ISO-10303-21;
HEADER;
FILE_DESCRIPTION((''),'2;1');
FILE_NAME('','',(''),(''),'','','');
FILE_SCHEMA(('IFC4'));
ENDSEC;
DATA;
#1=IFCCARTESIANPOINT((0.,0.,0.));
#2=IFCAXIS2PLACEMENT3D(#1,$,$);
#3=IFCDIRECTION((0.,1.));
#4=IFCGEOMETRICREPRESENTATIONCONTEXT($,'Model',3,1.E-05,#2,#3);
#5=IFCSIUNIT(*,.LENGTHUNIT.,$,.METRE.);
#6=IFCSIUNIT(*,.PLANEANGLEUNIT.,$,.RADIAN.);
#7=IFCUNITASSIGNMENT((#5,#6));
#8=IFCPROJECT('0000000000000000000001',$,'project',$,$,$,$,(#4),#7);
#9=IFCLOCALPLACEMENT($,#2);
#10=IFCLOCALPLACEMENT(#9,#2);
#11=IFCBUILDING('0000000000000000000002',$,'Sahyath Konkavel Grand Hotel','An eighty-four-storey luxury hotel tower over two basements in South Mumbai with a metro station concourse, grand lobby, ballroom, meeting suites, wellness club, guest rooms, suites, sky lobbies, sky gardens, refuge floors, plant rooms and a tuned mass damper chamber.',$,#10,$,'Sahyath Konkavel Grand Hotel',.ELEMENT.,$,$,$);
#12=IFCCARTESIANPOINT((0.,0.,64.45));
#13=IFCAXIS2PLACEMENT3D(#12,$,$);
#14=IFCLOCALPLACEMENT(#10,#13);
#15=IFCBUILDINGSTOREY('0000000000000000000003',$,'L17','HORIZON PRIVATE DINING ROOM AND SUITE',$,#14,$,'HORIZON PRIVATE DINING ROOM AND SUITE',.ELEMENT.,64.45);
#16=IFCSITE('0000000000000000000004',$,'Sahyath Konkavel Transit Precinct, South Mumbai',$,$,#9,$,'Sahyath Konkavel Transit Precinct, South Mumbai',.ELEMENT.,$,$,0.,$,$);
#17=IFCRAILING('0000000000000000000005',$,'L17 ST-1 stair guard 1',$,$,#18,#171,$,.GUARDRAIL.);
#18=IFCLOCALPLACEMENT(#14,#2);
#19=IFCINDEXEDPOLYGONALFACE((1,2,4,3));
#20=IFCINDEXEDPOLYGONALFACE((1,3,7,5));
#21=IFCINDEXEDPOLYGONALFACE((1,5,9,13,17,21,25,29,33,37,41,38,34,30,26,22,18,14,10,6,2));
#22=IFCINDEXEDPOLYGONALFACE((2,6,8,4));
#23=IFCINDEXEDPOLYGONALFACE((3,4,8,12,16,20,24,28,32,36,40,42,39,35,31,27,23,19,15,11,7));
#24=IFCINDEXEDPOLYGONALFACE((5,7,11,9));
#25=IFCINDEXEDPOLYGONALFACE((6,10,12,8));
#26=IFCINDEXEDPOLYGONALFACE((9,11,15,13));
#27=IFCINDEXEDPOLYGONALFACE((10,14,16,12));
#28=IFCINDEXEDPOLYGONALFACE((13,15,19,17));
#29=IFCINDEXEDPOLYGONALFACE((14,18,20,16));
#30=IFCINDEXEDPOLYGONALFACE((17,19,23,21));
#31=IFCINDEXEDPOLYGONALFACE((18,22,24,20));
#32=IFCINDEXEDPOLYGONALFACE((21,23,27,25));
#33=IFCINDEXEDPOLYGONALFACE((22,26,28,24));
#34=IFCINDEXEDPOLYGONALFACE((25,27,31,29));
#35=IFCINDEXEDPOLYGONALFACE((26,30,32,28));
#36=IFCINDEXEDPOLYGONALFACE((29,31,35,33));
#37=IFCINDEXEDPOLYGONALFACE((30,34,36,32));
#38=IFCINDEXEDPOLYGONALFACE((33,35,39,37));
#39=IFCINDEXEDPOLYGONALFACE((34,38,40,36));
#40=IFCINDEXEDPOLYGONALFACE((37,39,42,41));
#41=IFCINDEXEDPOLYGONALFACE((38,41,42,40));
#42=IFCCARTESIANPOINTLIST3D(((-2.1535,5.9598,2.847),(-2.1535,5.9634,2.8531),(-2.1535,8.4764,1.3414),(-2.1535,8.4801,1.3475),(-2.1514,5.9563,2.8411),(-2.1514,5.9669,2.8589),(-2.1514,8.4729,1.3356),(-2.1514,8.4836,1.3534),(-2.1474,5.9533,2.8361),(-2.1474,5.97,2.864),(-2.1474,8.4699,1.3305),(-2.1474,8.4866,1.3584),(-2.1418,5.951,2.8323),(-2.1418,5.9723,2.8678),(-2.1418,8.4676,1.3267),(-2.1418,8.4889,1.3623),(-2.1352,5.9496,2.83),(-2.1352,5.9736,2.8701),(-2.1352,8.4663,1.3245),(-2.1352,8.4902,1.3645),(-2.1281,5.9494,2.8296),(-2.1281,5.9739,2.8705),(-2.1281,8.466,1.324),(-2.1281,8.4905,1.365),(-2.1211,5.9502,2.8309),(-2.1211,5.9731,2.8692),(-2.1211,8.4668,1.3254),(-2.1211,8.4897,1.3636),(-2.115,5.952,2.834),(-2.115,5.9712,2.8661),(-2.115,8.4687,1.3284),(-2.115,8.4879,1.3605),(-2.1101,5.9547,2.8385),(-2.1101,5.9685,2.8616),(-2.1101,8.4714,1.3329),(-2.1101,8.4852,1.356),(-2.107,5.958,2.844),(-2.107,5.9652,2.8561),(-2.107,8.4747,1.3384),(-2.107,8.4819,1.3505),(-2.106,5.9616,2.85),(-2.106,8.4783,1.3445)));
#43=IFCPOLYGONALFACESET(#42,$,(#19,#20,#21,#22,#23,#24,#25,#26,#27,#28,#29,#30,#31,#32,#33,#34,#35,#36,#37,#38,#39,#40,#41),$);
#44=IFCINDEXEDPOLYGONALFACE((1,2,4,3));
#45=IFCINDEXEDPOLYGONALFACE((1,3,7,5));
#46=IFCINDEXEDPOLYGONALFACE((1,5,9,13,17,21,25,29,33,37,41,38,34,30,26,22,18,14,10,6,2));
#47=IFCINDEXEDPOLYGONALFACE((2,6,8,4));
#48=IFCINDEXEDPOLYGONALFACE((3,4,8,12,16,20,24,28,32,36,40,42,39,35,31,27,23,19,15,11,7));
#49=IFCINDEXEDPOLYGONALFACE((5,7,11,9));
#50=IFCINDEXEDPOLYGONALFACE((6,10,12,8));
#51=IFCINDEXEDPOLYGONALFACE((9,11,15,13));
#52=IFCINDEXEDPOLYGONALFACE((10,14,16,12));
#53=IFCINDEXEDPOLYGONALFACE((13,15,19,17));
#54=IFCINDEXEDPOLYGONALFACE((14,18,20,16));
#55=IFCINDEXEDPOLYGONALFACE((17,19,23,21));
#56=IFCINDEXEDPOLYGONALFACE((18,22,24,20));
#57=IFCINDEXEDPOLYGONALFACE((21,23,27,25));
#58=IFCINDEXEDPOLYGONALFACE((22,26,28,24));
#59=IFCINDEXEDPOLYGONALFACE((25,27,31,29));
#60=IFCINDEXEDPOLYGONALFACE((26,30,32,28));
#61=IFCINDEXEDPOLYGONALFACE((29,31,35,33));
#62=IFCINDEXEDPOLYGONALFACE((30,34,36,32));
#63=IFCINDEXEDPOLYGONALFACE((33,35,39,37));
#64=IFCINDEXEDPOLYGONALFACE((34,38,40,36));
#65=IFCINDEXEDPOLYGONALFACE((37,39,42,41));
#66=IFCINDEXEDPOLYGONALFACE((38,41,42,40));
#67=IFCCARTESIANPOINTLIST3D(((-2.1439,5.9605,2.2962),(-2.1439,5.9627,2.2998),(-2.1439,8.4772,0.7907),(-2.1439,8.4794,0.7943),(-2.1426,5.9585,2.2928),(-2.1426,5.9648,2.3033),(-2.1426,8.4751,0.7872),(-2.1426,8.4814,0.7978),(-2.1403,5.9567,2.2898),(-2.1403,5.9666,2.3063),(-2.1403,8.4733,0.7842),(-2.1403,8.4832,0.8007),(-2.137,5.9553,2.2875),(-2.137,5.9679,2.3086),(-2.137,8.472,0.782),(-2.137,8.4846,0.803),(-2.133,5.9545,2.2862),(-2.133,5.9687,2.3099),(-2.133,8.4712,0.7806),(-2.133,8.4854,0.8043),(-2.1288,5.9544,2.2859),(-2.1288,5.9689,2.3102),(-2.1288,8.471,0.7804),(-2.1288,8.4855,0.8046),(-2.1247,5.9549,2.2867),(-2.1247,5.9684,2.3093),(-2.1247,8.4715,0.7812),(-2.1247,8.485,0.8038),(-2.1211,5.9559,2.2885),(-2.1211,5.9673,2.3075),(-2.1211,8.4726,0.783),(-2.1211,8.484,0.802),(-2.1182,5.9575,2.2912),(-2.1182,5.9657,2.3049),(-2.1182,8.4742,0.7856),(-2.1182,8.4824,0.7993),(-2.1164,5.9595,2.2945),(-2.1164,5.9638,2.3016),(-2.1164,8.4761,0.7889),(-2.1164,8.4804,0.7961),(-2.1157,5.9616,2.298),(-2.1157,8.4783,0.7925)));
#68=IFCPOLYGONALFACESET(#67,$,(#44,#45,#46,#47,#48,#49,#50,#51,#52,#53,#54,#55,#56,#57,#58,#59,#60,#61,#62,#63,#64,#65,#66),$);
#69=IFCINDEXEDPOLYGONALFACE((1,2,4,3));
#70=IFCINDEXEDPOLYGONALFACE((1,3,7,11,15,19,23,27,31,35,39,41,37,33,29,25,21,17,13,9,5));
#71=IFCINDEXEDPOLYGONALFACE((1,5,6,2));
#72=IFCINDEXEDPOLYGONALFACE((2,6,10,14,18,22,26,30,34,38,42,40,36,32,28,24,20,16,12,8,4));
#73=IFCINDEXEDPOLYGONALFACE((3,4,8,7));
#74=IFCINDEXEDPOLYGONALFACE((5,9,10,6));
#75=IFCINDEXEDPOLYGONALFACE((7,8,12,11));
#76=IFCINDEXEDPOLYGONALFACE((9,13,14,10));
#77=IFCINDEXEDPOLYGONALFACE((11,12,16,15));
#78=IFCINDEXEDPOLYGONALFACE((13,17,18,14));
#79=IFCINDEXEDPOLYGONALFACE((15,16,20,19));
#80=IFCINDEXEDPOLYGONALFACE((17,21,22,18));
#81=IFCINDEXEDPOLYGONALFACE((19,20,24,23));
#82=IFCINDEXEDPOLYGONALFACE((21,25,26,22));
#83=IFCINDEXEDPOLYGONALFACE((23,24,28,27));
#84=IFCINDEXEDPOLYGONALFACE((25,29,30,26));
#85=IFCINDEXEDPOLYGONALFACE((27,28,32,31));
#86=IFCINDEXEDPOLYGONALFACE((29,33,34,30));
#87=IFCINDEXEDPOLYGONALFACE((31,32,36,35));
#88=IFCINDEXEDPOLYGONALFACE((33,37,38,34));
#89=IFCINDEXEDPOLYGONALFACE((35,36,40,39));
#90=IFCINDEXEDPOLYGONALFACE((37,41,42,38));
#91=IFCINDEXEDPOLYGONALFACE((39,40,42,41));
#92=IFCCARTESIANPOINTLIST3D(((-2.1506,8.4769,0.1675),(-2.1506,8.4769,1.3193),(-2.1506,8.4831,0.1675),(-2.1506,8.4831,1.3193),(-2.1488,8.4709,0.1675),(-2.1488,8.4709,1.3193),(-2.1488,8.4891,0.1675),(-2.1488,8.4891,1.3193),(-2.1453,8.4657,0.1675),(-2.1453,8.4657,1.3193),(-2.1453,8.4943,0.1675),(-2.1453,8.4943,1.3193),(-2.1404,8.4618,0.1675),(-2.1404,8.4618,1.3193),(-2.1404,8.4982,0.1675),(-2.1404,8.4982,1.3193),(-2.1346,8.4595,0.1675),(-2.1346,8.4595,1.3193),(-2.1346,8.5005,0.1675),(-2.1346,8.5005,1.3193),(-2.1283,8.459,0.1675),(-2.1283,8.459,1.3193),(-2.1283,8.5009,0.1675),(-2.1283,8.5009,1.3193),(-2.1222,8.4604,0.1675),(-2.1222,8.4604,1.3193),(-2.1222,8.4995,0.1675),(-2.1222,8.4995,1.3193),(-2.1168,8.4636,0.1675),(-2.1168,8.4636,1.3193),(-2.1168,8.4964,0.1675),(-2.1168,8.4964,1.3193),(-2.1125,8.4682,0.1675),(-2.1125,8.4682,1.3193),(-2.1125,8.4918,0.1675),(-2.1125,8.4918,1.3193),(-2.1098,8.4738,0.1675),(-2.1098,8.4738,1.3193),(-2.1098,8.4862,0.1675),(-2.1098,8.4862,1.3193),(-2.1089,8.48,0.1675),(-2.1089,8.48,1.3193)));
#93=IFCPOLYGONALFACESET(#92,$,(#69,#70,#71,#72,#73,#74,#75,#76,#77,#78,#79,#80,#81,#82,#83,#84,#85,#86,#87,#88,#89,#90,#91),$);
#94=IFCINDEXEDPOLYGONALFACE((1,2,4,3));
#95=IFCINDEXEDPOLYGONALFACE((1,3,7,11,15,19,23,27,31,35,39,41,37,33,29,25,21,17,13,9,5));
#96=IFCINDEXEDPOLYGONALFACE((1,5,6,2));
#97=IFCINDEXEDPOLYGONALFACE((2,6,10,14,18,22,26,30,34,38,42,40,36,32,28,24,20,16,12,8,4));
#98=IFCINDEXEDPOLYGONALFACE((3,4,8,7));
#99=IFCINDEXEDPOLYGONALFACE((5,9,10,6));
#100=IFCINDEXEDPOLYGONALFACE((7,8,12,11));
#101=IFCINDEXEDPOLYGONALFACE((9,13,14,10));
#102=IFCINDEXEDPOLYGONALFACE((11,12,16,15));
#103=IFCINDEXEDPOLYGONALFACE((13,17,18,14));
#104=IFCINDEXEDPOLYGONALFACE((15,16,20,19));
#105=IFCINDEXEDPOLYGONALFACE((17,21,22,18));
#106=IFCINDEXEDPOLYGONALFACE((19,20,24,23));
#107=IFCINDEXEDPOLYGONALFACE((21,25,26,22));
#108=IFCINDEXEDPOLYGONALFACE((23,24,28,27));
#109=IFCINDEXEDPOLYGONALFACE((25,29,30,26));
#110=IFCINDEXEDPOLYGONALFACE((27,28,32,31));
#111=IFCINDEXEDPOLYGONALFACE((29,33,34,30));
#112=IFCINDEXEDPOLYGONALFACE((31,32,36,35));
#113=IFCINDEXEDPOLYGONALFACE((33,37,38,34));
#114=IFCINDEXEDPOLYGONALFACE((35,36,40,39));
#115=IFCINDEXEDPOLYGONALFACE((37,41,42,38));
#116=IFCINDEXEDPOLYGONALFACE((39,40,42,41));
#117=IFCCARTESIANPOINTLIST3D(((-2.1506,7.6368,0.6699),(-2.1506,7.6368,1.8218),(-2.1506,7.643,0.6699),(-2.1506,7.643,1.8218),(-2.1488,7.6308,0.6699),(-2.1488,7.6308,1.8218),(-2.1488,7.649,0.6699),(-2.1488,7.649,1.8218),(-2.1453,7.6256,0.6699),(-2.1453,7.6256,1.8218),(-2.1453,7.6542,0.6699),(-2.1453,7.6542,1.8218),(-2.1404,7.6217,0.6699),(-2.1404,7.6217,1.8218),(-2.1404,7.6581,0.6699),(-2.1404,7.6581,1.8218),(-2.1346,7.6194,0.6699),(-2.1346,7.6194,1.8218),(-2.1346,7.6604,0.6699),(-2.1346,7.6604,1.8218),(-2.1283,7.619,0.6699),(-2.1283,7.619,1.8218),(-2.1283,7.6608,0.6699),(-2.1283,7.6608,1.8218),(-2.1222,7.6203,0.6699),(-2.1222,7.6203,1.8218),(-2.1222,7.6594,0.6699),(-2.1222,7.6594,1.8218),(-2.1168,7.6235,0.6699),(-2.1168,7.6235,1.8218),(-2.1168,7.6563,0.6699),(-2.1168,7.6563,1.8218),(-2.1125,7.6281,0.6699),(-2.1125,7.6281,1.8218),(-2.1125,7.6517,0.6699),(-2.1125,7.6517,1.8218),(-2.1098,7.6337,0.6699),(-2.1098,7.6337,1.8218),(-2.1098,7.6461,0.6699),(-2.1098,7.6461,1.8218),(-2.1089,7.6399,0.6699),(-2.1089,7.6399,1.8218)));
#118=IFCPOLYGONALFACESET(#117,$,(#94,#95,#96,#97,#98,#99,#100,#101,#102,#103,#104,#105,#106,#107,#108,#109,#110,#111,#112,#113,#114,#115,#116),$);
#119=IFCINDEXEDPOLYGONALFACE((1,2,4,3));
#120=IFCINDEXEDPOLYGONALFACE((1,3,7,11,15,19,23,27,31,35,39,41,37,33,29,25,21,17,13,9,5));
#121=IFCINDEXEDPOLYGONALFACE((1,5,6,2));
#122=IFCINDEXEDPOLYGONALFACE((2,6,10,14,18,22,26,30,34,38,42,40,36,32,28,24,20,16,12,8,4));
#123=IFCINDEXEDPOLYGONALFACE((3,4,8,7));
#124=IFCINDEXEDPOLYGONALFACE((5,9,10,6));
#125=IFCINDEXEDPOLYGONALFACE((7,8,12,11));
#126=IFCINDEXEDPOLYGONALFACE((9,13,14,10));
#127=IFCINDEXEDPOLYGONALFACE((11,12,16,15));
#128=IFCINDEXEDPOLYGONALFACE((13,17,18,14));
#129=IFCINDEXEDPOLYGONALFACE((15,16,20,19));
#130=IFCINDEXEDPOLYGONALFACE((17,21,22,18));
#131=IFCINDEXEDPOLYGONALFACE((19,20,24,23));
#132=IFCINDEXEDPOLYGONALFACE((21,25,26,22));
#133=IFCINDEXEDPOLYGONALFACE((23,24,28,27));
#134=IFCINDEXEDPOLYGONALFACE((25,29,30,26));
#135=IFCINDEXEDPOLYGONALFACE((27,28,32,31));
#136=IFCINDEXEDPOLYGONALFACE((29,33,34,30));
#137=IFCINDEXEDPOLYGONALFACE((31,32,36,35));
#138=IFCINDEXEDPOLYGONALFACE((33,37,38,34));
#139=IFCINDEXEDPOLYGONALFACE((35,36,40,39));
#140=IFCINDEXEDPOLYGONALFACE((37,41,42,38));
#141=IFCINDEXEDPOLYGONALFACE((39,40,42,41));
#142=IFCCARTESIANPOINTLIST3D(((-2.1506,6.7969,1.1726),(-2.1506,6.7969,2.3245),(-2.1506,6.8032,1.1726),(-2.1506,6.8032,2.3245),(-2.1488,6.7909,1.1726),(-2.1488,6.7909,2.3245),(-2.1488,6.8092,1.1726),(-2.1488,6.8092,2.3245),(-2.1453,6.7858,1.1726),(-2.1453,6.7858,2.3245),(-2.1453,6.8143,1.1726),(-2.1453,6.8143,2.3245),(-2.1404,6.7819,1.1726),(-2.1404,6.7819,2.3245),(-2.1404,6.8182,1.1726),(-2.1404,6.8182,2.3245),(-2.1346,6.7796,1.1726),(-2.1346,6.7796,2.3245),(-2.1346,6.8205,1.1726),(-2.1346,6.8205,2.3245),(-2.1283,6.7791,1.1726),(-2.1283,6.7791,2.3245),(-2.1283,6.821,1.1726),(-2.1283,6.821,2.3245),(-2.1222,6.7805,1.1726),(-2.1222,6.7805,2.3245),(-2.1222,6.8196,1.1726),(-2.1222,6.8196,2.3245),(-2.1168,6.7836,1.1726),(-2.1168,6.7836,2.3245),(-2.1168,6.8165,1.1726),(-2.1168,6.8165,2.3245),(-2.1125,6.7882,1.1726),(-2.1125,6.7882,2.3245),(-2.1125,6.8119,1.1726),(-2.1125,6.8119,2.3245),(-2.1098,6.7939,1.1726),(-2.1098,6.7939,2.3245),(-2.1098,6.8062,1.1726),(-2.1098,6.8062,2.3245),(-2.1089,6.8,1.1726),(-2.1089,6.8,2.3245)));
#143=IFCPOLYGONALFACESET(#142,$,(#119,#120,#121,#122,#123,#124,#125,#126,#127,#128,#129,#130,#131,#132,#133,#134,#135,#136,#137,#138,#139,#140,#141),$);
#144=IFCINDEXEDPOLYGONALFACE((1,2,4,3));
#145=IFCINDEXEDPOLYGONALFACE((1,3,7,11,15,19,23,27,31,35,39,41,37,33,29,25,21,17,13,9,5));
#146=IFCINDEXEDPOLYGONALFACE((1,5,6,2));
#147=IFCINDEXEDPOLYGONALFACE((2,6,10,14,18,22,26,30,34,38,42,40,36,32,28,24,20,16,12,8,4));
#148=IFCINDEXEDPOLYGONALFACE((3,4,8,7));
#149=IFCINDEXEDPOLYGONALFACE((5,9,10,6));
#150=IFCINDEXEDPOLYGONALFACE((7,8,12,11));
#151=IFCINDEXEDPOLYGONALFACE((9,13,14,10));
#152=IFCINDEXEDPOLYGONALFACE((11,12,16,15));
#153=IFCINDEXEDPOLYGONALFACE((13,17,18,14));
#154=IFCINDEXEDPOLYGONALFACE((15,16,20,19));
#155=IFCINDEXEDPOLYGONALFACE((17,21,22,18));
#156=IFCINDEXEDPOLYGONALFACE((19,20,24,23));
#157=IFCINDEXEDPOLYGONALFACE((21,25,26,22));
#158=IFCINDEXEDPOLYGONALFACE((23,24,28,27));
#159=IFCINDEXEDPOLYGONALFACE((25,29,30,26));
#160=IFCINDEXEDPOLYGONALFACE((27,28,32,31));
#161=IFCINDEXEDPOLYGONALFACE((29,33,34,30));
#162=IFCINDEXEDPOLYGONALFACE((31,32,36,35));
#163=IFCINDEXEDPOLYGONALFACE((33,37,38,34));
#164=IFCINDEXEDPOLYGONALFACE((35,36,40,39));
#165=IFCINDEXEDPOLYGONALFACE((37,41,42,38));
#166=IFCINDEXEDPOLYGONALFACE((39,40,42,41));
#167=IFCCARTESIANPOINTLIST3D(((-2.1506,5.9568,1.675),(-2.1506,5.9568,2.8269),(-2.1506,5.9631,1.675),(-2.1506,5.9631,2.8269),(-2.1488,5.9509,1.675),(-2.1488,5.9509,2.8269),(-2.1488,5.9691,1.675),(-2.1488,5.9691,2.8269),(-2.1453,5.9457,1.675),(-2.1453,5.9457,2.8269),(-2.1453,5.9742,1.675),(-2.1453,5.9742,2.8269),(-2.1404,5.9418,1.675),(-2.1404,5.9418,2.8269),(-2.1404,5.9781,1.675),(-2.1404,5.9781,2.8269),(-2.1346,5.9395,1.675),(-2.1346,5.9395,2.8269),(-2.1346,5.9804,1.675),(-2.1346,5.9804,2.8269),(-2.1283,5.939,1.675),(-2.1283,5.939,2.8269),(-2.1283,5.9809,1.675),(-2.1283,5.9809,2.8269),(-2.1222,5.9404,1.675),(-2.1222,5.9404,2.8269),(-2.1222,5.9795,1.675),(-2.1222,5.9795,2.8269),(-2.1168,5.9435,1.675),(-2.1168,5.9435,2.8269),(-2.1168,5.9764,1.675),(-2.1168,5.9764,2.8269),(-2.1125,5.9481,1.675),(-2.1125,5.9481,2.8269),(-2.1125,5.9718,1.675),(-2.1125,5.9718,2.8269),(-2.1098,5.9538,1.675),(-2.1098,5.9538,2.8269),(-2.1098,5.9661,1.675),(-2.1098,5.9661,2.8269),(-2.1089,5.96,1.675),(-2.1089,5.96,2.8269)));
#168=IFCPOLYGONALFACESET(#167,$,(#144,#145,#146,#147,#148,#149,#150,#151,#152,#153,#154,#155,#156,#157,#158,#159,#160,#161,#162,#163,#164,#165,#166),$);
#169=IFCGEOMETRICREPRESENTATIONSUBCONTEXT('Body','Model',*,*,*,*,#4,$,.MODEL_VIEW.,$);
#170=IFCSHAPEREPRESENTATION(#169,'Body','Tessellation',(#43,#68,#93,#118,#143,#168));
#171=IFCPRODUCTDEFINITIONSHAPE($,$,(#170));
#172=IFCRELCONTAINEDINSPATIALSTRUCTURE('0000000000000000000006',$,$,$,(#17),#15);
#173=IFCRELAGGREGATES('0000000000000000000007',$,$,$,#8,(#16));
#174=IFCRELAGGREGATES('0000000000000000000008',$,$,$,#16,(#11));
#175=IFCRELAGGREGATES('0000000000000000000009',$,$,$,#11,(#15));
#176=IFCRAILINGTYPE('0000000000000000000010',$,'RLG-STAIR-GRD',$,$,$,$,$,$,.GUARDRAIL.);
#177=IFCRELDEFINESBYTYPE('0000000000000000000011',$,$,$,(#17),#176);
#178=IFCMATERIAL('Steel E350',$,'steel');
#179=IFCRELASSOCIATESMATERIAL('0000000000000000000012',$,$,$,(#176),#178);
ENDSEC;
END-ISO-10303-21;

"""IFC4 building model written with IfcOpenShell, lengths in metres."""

from ifc_helpers import new_model, si_unit, direction, frame, origin, origin_2d, place, context, subcontext, project, spatial, circle, extrude, material, type_object, element, save


model = new_model("IFC4")

# Units and contexts
model_context = context("Model", 3, precision=1e-05, world=origin(), true_north=direction((0.0, 1.0)))
body_context = subcontext(model_context, "Body", "Model", "MODEL_VIEW")
ifc_project = project(units=[si_unit("LENGTHUNIT", "METRE"), si_unit("PLANEANGLEUNIT", "RADIAN")], contexts=[model_context])

# Site, building, storey
site_placement = place(None, origin())
site = spatial("IfcSite", under=ifc_project, at=site_placement, Name="Sahyath Konkavel Transit Precinct, South Mumbai", LongName="Sahyath Konkavel Transit Precinct, South Mumbai", CompositionType="ELEMENT", RefElevation=0.0)
building_placement = place(site_placement, origin())
building = spatial("IfcBuilding", under=site, at=building_placement, Name="Sahyath Konkavel Grand Hotel", Description="An eighty-four-storey luxury hotel tower over two basements in South Mumbai with a metro station concourse, grand lobby, ballroom, meeting suites, wellness club, guest rooms, suites, sky lobbies, sky gardens, refuge floors, plant rooms and a tuned mass damper chamber.", LongName="Sahyath Konkavel Grand Hotel", CompositionType="ELEMENT")
storey_placement = place(building_placement, frame((0.0, 0.0, 64.45)))
storey = spatial("IfcBuildingStorey", under=building, at=storey_placement, Name="L17", Description="HORIZON PRIVATE DINING ROOM AND SUITE", LongName="HORIZON PRIVATE DINING ROOM AND SUITE", CompositionType="ELEMENT", Elevation=64.45)

# Shared definitions
ifc_material_1 = material(Name="Steel E350", Category="steel")

# Railing
railing_type_1 = type_object("IfcRailingType", Name="RLG-STAIR-GRD", PredefinedType="GUARDRAIL", material=ifc_material_1)
railing_1_placement = place(storey_placement, frame((-2.1299, 8.48, 0.1675)))
element("IfcRailing", 1, at=railing_1_placement, inside=storey, type_object=railing_type_1, Name="L17 ST-1 stair guard 1", PredefinedType="GUARDRAIL", context=body_context, shape_type="SweptSolid", body=[
    extrude(circle(Radius=0.0239, at=origin_2d()), frame((0.0, -0.0017, 1.177), z_axis=(0.0, -0.85816, 0.513383), x_axis=(1.0, 0.0, 0.0)), (0.0, 0.0, 1.0), 2.9326),
    extrude(circle(Radius=0.0142, at=origin_2d()), frame((0.0, -0.0017, 0.625), z_axis=(0.0, -0.85816, 0.513383), x_axis=(1.0, 0.0, 0.0)), (0.0, 0.0, 1.0), 2.9326),
    extrude(circle(Radius=0.021, at=origin_2d()), origin(), (0.0, 0.0, 1.0), 1.1519),
    extrude(circle(Radius=0.021, at=origin_2d()), frame((0.0, -0.8401, 0.5024)), (0.0, 0.0, 1.0), 1.1519),
    extrude(circle(Radius=0.021, at=origin_2d()), frame((0.0, -1.6799, 1.0051)), (0.0, 0.0, 1.0), 1.1519),
    extrude(circle(Radius=0.021, at=origin_2d()), frame((0.0, -2.52, 1.5076)), (0.0, 0.0, 1.0), 1.1519),
])

save(model, "model.ifc")
